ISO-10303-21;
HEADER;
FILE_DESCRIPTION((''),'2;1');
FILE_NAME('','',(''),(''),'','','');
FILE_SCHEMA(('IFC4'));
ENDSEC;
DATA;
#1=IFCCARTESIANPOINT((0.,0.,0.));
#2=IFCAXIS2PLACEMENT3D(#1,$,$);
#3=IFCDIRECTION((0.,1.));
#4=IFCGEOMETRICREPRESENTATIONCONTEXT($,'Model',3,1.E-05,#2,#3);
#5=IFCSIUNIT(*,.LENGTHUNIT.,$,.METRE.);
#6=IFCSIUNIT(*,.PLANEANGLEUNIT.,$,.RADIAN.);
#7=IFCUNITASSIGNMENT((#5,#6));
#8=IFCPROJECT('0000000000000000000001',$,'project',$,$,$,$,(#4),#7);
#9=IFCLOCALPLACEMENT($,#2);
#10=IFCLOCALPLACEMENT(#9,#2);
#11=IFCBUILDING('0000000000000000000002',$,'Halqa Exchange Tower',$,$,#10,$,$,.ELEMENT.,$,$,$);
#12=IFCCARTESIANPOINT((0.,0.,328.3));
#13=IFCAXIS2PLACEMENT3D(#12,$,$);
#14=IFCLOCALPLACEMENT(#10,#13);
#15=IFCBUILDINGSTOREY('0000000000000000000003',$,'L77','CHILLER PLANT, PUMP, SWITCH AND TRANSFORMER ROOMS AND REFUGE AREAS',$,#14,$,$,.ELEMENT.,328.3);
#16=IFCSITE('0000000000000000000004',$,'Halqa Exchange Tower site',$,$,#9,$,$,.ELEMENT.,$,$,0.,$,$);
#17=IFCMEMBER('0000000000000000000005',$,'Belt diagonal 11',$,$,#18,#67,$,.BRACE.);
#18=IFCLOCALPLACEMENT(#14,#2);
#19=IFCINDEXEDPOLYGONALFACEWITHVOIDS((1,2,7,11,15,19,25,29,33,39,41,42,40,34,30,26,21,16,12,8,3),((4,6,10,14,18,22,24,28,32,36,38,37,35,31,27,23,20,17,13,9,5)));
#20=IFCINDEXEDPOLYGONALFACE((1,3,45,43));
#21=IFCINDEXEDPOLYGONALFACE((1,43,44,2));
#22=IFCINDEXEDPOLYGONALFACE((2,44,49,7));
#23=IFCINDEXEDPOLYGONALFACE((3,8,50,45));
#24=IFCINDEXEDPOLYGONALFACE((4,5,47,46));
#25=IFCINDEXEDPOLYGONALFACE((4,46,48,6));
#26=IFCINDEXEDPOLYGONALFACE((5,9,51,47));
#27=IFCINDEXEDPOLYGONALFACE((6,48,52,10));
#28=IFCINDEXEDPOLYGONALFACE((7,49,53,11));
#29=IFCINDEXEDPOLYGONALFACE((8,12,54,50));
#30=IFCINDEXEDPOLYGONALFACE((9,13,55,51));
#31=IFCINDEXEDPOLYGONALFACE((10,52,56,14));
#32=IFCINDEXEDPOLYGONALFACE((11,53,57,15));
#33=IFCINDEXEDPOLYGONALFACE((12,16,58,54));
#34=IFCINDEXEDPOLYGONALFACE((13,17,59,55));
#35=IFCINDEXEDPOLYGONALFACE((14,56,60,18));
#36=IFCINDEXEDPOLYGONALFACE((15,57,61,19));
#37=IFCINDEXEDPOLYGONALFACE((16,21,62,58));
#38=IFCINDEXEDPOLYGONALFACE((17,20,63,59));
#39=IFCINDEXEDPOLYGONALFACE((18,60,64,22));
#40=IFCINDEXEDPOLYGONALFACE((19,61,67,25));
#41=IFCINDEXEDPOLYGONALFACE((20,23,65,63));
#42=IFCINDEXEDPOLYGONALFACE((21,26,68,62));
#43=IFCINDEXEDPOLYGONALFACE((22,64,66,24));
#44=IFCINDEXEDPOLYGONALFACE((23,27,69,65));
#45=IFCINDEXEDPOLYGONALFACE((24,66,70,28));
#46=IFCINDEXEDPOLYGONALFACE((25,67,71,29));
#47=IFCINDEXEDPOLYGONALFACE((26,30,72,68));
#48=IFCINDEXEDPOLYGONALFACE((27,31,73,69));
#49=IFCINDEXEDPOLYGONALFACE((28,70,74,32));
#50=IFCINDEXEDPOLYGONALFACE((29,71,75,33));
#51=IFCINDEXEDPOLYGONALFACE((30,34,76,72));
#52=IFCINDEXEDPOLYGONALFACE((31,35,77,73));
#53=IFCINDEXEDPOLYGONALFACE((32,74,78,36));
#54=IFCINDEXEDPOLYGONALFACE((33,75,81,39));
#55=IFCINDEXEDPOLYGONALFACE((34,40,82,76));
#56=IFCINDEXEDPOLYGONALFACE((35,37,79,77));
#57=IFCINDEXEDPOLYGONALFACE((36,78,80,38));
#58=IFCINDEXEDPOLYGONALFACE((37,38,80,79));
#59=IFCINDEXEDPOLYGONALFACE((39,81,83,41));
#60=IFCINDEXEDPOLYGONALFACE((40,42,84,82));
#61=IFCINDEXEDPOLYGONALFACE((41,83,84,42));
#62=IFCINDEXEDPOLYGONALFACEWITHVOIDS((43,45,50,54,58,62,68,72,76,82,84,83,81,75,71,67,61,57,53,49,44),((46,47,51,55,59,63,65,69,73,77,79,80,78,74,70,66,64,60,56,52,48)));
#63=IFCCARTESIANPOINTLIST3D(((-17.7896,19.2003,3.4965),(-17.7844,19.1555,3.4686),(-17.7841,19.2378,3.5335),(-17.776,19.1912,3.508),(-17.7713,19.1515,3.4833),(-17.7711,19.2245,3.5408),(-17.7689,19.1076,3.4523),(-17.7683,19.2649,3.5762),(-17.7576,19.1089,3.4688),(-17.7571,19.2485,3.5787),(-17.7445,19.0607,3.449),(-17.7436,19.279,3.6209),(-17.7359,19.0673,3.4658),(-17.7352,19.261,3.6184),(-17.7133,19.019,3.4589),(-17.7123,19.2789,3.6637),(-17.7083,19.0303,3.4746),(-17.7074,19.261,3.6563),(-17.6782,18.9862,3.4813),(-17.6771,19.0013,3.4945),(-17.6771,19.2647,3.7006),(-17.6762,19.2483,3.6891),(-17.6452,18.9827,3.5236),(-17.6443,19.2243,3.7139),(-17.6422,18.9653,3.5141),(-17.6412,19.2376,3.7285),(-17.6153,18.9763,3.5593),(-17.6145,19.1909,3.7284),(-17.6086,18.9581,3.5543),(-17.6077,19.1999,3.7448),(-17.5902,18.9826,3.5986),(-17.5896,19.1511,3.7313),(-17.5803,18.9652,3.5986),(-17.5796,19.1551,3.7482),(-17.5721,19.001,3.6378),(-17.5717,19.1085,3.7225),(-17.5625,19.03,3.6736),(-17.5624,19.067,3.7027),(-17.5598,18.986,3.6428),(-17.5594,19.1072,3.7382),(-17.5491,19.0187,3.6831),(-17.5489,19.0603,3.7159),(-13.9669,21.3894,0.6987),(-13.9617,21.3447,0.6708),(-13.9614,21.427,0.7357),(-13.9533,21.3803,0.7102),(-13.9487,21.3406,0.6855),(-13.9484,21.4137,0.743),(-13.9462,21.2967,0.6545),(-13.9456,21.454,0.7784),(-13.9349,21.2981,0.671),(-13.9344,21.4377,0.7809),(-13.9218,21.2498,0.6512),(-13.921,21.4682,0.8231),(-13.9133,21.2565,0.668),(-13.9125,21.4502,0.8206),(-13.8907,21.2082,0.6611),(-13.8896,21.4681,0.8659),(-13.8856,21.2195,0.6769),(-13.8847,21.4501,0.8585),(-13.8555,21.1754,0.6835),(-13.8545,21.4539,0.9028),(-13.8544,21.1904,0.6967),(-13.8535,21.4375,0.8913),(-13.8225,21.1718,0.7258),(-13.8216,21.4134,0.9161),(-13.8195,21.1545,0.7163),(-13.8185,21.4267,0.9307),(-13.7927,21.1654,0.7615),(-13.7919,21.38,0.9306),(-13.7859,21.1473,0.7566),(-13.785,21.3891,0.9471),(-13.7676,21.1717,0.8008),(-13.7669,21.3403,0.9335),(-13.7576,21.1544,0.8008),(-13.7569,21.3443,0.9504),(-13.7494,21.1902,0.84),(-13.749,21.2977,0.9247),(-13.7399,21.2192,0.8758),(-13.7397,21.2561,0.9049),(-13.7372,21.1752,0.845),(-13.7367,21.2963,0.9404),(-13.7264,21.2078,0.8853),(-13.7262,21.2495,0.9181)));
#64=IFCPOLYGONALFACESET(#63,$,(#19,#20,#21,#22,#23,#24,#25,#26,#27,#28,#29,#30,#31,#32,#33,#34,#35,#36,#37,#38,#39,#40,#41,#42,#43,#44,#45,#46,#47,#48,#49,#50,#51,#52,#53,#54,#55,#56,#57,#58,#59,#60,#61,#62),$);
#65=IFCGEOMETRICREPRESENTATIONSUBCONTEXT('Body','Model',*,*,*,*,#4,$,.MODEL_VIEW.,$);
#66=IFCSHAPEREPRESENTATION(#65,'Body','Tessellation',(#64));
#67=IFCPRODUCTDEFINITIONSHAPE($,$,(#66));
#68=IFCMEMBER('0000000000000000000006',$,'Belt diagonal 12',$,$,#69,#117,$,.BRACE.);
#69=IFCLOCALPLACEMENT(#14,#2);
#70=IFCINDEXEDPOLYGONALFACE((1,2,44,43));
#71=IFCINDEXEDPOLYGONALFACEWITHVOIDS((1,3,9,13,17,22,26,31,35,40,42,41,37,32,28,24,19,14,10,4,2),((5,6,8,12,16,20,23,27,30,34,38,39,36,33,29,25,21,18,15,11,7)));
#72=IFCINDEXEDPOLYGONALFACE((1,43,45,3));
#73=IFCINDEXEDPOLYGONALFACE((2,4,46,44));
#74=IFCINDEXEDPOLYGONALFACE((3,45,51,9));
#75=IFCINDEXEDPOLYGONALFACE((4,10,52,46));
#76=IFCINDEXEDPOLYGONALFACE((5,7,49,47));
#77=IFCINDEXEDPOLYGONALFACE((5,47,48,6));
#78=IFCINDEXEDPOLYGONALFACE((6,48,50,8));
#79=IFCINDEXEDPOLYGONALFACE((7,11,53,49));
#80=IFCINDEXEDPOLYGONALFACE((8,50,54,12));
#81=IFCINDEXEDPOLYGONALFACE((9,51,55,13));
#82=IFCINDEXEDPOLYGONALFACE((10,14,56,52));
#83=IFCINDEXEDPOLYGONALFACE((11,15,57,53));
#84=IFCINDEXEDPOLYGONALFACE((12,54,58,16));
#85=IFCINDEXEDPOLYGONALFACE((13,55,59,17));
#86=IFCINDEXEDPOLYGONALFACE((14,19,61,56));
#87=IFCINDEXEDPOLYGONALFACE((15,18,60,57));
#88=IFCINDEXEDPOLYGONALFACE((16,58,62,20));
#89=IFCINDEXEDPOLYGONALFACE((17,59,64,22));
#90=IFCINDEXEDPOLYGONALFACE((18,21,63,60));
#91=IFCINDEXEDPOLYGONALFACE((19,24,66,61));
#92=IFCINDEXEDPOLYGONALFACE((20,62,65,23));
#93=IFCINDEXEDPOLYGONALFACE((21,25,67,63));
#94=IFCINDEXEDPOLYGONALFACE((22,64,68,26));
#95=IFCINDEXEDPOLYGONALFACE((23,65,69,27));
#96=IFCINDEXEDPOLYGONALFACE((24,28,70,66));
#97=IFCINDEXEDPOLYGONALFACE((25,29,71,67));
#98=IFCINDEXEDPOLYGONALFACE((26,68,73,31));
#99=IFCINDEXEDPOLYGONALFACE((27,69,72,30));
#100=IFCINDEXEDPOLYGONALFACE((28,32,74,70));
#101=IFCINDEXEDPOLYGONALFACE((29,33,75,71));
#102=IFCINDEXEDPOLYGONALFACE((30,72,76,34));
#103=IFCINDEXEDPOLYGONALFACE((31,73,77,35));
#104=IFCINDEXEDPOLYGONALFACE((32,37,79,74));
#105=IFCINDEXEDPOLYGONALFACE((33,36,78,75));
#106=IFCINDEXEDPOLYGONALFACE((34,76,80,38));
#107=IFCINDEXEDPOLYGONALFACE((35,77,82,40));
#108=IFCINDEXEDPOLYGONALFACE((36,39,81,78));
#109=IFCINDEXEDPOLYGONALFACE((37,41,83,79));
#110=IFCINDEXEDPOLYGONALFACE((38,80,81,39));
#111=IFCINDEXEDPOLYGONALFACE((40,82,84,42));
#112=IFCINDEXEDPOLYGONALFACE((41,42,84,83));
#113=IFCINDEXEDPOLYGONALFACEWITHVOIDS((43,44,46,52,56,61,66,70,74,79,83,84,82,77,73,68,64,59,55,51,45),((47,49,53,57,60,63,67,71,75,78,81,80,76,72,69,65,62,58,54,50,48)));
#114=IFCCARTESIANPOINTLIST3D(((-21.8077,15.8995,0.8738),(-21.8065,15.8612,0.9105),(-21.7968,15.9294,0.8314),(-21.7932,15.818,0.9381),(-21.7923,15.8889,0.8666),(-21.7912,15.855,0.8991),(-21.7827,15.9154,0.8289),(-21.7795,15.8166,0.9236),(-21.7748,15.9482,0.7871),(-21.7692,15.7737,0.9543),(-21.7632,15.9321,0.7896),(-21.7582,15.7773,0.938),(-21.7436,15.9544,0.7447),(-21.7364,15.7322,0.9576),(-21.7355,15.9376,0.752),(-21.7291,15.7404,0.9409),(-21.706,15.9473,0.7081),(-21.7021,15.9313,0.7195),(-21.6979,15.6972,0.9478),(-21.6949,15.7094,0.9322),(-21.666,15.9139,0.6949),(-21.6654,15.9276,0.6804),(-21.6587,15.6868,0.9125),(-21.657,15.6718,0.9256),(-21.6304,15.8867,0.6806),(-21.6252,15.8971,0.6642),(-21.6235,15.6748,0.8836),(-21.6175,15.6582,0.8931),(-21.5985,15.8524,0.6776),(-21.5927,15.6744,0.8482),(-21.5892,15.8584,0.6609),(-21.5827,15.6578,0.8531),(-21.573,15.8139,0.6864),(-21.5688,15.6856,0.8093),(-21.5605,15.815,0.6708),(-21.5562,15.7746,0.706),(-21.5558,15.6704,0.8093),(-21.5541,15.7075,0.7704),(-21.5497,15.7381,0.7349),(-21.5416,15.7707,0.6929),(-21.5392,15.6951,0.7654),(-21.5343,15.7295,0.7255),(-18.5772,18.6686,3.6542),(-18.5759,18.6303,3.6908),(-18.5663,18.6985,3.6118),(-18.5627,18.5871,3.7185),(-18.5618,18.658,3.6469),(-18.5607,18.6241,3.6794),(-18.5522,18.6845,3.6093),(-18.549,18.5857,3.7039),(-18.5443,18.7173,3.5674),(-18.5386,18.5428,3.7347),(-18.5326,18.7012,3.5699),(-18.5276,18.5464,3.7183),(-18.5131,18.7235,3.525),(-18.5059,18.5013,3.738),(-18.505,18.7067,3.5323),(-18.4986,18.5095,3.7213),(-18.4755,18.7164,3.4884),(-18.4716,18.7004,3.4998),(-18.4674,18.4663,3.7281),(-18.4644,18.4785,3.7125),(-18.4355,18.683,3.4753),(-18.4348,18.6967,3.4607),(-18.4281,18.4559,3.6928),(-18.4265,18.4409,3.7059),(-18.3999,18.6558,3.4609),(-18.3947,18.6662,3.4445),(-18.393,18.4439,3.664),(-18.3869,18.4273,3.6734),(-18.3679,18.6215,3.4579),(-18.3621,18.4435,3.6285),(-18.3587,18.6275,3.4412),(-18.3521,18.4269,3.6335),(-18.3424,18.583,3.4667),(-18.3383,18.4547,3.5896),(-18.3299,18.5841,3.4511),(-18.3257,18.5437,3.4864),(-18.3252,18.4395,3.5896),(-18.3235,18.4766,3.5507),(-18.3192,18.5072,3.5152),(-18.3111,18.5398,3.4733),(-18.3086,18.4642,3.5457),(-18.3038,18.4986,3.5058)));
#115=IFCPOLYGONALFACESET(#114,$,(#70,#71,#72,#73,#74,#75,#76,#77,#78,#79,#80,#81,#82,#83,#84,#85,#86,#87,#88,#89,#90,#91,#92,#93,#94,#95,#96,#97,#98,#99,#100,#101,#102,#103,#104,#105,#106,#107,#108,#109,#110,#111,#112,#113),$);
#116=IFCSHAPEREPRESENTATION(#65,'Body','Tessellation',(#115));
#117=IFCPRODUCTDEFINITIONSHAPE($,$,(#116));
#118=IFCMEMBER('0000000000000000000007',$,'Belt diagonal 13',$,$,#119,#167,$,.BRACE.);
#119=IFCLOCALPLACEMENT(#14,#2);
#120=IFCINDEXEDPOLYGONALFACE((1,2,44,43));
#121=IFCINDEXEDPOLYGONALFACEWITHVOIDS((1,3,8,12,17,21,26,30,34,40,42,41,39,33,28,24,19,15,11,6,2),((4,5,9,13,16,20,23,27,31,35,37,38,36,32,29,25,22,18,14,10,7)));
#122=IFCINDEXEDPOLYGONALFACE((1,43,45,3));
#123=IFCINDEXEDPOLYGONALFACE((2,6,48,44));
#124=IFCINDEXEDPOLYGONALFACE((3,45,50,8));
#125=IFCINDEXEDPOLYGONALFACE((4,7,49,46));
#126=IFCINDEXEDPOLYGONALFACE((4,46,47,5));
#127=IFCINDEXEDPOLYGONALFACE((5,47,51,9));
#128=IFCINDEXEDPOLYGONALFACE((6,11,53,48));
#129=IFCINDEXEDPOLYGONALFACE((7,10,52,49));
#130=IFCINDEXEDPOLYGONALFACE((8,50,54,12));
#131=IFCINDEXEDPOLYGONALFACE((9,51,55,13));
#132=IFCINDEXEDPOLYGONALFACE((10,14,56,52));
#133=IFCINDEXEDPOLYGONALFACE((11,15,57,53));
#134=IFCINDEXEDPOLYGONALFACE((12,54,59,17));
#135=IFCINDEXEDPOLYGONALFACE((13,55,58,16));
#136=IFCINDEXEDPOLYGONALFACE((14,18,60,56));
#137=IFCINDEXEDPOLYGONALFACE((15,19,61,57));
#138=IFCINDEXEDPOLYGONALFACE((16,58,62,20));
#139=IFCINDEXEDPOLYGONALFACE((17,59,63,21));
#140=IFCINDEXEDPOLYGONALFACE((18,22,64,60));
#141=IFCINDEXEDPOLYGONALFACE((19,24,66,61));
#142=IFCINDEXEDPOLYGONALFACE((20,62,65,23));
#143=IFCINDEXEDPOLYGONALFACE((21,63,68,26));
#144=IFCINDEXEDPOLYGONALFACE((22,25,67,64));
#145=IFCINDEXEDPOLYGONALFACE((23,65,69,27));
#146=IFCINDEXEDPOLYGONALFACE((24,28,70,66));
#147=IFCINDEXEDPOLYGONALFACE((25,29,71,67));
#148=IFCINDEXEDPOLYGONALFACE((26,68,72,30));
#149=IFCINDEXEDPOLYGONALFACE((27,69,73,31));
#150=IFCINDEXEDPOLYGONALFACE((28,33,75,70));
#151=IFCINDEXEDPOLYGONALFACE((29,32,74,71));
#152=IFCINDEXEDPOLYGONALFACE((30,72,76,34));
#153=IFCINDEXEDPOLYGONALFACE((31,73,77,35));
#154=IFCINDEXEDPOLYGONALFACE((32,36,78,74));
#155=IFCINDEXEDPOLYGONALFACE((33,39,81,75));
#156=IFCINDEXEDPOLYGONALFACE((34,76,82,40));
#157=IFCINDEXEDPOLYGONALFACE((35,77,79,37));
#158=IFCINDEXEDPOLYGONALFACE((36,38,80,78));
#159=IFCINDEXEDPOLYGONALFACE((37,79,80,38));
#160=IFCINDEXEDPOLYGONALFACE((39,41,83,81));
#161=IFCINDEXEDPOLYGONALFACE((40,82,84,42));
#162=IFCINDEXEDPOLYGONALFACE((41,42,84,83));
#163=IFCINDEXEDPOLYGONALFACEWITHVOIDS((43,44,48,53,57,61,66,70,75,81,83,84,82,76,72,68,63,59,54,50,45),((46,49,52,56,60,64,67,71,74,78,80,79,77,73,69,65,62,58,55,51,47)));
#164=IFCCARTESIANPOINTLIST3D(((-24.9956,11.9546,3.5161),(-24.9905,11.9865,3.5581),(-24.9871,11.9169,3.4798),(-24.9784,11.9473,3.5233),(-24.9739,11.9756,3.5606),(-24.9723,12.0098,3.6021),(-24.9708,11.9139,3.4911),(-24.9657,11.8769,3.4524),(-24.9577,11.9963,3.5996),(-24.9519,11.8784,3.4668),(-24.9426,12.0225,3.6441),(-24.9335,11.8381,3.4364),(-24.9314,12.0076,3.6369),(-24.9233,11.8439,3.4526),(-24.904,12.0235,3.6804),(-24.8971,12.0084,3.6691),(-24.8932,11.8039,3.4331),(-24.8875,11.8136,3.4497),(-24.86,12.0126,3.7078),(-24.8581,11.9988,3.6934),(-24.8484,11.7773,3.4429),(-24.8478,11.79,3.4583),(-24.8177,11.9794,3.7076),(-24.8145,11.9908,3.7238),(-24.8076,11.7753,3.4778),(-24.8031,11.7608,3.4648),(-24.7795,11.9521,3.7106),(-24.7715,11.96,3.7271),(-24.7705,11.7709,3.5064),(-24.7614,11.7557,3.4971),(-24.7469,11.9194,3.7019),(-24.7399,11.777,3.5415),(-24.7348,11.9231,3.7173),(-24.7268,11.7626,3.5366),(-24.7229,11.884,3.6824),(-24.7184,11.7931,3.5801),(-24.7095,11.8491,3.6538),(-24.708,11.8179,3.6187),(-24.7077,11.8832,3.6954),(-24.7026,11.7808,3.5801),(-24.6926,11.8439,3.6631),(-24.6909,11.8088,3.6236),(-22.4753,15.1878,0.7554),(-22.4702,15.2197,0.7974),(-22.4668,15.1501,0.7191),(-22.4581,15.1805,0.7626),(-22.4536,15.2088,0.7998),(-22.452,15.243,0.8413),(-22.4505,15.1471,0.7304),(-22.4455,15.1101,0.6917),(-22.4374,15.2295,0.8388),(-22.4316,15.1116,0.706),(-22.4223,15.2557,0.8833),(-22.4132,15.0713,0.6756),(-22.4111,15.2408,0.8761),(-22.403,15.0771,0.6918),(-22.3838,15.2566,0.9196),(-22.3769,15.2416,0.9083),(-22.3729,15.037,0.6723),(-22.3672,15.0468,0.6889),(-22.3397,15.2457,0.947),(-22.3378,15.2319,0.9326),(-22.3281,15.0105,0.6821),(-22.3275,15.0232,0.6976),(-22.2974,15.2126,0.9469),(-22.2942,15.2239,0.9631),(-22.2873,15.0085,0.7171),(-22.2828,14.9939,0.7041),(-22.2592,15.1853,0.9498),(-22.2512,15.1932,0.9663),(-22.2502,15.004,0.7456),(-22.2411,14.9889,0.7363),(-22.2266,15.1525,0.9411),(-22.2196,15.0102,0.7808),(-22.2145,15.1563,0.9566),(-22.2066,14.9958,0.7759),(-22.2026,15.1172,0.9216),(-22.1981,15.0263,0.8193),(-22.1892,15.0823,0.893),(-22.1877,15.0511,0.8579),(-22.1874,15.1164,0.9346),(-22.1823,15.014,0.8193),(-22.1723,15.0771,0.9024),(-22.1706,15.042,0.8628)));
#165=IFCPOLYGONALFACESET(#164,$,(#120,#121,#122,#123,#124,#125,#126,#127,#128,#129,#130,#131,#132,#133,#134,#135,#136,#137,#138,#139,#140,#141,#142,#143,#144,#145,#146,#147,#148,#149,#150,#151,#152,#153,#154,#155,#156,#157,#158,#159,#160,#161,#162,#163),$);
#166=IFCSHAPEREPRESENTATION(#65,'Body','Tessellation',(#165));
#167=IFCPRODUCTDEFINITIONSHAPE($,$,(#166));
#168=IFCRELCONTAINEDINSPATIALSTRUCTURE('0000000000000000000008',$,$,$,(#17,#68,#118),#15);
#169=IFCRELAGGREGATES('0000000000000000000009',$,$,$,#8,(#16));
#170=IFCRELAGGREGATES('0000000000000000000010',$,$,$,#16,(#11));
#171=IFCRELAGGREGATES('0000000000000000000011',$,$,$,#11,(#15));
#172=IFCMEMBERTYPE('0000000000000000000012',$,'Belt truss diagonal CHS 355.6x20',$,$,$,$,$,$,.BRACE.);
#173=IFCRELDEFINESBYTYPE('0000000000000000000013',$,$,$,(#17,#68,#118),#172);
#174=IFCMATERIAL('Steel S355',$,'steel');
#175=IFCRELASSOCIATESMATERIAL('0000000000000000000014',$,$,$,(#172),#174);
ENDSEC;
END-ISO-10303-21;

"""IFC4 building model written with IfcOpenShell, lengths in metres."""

from ifc_helpers import new_model, si_unit, direction, frame, origin, origin_2d, place, context, subcontext, project, spatial, hollow_circle, extrude, material, material_profile, profile_set, type_object, element, save


model = new_model("IFC4")

# Units and contexts
model_context = context("Model", 3, precision=1e-05, world=origin(), true_north=direction((0.0, 1.0)))
body_context = subcontext(model_context, "Body", "Model", "MODEL_VIEW")
ifc_project = project(units=[si_unit("LENGTHUNIT", "METRE"), si_unit("PLANEANGLEUNIT", "RADIAN")], contexts=[model_context])

# Site, building, storey
site_placement = place(None, origin())
site = spatial("IfcSite", under=ifc_project, at=site_placement, Name="Halqa Exchange Tower site", CompositionType="ELEMENT", RefElevation=0.0)
building_placement = place(site_placement, origin())
building = spatial("IfcBuilding", under=site, at=building_placement, Name="Halqa Exchange Tower", CompositionType="ELEMENT")
storey_placement = place(building_placement, frame((0.0, 0.0, 328.3)))
storey = spatial("IfcBuildingStorey", under=building, at=storey_placement, Name="L77", Description="CHILLER PLANT, PUMP, SWITCH AND TRANSFORMER ROOMS AND REFUGE AREAS", CompositionType="ELEMENT", Elevation=328.3)

# Members
ifc_material_1 = material(Name="Steel S355", Category="steel")
ifc_material_profile_1 = material_profile(ifc_material_1, hollow_circle(Radius=0.1777, WallThickness=0.02, at=origin_2d()), Name="CHS 355.6x20")
ifc_profile_set_1 = profile_set([ifc_material_profile_1], Name="Steel S355")
member_type_1 = type_object("IfcMemberType", Name="Belt truss diagonal CHS 355.6x20", PredefinedType="BRACE", material=ifc_profile_set_1)
member_1_placement = place(storey_placement, frame((-13.8459, 21.3086, 0.8008), z_axis=(-0.732521, -0.419499, 0.536128), x_axis=(0.496956, -0.867776, 0.0)))
element("IfcMember", 1, at=member_1_placement, inside=storey, type_object=member_type_1, Name="Belt diagonal 11", PredefinedType="BRACE", context=body_context, shape_type="SweptSolid", body=[
    extrude(hollow_circle(Radius=0.1777, WallThickness=0.02, at=origin_2d()), origin(), (0.0, 0.0, 1.0), 5.2185),
])
member_2_placement = place(storey_placement, frame((-18.4409, 18.5745, 3.5896), z_axis=(-0.635586, -0.544802, -0.547011), x_axis=(0.650801, -0.759249, 0.0)))
element("IfcMember", 2, at=member_2_placement, inside=storey, type_object=member_type_1, Name="Belt diagonal 12", PredefinedType="BRACE", context=body_context, shape_type="SweptSolid", body=[
    extrude(hollow_circle(Radius=0.1777, WallThickness=0.02, at=origin_2d()), origin(), (0.0, 0.0, 1.0), 5.0828),
])
member_3_placement = place(storey_placement, frame((-22.3225, 15.1233, 0.8193), z_axis=(-0.509933, -0.654175, 0.55859), x_axis=(0.788691, -0.61479, 0.0)))
element("IfcMember", 3, at=member_3_placement, inside=storey, type_object=member_type_1, Name="Belt diagonal 13", PredefinedType="BRACE", context=body_context, shape_type="SweptSolid", body=[
    extrude(hollow_circle(Radius=0.1777, WallThickness=0.02, at=origin_2d()), origin(), (0.0, 0.0, 1.0), 4.9424),
])

save(model, "model.ifc")
